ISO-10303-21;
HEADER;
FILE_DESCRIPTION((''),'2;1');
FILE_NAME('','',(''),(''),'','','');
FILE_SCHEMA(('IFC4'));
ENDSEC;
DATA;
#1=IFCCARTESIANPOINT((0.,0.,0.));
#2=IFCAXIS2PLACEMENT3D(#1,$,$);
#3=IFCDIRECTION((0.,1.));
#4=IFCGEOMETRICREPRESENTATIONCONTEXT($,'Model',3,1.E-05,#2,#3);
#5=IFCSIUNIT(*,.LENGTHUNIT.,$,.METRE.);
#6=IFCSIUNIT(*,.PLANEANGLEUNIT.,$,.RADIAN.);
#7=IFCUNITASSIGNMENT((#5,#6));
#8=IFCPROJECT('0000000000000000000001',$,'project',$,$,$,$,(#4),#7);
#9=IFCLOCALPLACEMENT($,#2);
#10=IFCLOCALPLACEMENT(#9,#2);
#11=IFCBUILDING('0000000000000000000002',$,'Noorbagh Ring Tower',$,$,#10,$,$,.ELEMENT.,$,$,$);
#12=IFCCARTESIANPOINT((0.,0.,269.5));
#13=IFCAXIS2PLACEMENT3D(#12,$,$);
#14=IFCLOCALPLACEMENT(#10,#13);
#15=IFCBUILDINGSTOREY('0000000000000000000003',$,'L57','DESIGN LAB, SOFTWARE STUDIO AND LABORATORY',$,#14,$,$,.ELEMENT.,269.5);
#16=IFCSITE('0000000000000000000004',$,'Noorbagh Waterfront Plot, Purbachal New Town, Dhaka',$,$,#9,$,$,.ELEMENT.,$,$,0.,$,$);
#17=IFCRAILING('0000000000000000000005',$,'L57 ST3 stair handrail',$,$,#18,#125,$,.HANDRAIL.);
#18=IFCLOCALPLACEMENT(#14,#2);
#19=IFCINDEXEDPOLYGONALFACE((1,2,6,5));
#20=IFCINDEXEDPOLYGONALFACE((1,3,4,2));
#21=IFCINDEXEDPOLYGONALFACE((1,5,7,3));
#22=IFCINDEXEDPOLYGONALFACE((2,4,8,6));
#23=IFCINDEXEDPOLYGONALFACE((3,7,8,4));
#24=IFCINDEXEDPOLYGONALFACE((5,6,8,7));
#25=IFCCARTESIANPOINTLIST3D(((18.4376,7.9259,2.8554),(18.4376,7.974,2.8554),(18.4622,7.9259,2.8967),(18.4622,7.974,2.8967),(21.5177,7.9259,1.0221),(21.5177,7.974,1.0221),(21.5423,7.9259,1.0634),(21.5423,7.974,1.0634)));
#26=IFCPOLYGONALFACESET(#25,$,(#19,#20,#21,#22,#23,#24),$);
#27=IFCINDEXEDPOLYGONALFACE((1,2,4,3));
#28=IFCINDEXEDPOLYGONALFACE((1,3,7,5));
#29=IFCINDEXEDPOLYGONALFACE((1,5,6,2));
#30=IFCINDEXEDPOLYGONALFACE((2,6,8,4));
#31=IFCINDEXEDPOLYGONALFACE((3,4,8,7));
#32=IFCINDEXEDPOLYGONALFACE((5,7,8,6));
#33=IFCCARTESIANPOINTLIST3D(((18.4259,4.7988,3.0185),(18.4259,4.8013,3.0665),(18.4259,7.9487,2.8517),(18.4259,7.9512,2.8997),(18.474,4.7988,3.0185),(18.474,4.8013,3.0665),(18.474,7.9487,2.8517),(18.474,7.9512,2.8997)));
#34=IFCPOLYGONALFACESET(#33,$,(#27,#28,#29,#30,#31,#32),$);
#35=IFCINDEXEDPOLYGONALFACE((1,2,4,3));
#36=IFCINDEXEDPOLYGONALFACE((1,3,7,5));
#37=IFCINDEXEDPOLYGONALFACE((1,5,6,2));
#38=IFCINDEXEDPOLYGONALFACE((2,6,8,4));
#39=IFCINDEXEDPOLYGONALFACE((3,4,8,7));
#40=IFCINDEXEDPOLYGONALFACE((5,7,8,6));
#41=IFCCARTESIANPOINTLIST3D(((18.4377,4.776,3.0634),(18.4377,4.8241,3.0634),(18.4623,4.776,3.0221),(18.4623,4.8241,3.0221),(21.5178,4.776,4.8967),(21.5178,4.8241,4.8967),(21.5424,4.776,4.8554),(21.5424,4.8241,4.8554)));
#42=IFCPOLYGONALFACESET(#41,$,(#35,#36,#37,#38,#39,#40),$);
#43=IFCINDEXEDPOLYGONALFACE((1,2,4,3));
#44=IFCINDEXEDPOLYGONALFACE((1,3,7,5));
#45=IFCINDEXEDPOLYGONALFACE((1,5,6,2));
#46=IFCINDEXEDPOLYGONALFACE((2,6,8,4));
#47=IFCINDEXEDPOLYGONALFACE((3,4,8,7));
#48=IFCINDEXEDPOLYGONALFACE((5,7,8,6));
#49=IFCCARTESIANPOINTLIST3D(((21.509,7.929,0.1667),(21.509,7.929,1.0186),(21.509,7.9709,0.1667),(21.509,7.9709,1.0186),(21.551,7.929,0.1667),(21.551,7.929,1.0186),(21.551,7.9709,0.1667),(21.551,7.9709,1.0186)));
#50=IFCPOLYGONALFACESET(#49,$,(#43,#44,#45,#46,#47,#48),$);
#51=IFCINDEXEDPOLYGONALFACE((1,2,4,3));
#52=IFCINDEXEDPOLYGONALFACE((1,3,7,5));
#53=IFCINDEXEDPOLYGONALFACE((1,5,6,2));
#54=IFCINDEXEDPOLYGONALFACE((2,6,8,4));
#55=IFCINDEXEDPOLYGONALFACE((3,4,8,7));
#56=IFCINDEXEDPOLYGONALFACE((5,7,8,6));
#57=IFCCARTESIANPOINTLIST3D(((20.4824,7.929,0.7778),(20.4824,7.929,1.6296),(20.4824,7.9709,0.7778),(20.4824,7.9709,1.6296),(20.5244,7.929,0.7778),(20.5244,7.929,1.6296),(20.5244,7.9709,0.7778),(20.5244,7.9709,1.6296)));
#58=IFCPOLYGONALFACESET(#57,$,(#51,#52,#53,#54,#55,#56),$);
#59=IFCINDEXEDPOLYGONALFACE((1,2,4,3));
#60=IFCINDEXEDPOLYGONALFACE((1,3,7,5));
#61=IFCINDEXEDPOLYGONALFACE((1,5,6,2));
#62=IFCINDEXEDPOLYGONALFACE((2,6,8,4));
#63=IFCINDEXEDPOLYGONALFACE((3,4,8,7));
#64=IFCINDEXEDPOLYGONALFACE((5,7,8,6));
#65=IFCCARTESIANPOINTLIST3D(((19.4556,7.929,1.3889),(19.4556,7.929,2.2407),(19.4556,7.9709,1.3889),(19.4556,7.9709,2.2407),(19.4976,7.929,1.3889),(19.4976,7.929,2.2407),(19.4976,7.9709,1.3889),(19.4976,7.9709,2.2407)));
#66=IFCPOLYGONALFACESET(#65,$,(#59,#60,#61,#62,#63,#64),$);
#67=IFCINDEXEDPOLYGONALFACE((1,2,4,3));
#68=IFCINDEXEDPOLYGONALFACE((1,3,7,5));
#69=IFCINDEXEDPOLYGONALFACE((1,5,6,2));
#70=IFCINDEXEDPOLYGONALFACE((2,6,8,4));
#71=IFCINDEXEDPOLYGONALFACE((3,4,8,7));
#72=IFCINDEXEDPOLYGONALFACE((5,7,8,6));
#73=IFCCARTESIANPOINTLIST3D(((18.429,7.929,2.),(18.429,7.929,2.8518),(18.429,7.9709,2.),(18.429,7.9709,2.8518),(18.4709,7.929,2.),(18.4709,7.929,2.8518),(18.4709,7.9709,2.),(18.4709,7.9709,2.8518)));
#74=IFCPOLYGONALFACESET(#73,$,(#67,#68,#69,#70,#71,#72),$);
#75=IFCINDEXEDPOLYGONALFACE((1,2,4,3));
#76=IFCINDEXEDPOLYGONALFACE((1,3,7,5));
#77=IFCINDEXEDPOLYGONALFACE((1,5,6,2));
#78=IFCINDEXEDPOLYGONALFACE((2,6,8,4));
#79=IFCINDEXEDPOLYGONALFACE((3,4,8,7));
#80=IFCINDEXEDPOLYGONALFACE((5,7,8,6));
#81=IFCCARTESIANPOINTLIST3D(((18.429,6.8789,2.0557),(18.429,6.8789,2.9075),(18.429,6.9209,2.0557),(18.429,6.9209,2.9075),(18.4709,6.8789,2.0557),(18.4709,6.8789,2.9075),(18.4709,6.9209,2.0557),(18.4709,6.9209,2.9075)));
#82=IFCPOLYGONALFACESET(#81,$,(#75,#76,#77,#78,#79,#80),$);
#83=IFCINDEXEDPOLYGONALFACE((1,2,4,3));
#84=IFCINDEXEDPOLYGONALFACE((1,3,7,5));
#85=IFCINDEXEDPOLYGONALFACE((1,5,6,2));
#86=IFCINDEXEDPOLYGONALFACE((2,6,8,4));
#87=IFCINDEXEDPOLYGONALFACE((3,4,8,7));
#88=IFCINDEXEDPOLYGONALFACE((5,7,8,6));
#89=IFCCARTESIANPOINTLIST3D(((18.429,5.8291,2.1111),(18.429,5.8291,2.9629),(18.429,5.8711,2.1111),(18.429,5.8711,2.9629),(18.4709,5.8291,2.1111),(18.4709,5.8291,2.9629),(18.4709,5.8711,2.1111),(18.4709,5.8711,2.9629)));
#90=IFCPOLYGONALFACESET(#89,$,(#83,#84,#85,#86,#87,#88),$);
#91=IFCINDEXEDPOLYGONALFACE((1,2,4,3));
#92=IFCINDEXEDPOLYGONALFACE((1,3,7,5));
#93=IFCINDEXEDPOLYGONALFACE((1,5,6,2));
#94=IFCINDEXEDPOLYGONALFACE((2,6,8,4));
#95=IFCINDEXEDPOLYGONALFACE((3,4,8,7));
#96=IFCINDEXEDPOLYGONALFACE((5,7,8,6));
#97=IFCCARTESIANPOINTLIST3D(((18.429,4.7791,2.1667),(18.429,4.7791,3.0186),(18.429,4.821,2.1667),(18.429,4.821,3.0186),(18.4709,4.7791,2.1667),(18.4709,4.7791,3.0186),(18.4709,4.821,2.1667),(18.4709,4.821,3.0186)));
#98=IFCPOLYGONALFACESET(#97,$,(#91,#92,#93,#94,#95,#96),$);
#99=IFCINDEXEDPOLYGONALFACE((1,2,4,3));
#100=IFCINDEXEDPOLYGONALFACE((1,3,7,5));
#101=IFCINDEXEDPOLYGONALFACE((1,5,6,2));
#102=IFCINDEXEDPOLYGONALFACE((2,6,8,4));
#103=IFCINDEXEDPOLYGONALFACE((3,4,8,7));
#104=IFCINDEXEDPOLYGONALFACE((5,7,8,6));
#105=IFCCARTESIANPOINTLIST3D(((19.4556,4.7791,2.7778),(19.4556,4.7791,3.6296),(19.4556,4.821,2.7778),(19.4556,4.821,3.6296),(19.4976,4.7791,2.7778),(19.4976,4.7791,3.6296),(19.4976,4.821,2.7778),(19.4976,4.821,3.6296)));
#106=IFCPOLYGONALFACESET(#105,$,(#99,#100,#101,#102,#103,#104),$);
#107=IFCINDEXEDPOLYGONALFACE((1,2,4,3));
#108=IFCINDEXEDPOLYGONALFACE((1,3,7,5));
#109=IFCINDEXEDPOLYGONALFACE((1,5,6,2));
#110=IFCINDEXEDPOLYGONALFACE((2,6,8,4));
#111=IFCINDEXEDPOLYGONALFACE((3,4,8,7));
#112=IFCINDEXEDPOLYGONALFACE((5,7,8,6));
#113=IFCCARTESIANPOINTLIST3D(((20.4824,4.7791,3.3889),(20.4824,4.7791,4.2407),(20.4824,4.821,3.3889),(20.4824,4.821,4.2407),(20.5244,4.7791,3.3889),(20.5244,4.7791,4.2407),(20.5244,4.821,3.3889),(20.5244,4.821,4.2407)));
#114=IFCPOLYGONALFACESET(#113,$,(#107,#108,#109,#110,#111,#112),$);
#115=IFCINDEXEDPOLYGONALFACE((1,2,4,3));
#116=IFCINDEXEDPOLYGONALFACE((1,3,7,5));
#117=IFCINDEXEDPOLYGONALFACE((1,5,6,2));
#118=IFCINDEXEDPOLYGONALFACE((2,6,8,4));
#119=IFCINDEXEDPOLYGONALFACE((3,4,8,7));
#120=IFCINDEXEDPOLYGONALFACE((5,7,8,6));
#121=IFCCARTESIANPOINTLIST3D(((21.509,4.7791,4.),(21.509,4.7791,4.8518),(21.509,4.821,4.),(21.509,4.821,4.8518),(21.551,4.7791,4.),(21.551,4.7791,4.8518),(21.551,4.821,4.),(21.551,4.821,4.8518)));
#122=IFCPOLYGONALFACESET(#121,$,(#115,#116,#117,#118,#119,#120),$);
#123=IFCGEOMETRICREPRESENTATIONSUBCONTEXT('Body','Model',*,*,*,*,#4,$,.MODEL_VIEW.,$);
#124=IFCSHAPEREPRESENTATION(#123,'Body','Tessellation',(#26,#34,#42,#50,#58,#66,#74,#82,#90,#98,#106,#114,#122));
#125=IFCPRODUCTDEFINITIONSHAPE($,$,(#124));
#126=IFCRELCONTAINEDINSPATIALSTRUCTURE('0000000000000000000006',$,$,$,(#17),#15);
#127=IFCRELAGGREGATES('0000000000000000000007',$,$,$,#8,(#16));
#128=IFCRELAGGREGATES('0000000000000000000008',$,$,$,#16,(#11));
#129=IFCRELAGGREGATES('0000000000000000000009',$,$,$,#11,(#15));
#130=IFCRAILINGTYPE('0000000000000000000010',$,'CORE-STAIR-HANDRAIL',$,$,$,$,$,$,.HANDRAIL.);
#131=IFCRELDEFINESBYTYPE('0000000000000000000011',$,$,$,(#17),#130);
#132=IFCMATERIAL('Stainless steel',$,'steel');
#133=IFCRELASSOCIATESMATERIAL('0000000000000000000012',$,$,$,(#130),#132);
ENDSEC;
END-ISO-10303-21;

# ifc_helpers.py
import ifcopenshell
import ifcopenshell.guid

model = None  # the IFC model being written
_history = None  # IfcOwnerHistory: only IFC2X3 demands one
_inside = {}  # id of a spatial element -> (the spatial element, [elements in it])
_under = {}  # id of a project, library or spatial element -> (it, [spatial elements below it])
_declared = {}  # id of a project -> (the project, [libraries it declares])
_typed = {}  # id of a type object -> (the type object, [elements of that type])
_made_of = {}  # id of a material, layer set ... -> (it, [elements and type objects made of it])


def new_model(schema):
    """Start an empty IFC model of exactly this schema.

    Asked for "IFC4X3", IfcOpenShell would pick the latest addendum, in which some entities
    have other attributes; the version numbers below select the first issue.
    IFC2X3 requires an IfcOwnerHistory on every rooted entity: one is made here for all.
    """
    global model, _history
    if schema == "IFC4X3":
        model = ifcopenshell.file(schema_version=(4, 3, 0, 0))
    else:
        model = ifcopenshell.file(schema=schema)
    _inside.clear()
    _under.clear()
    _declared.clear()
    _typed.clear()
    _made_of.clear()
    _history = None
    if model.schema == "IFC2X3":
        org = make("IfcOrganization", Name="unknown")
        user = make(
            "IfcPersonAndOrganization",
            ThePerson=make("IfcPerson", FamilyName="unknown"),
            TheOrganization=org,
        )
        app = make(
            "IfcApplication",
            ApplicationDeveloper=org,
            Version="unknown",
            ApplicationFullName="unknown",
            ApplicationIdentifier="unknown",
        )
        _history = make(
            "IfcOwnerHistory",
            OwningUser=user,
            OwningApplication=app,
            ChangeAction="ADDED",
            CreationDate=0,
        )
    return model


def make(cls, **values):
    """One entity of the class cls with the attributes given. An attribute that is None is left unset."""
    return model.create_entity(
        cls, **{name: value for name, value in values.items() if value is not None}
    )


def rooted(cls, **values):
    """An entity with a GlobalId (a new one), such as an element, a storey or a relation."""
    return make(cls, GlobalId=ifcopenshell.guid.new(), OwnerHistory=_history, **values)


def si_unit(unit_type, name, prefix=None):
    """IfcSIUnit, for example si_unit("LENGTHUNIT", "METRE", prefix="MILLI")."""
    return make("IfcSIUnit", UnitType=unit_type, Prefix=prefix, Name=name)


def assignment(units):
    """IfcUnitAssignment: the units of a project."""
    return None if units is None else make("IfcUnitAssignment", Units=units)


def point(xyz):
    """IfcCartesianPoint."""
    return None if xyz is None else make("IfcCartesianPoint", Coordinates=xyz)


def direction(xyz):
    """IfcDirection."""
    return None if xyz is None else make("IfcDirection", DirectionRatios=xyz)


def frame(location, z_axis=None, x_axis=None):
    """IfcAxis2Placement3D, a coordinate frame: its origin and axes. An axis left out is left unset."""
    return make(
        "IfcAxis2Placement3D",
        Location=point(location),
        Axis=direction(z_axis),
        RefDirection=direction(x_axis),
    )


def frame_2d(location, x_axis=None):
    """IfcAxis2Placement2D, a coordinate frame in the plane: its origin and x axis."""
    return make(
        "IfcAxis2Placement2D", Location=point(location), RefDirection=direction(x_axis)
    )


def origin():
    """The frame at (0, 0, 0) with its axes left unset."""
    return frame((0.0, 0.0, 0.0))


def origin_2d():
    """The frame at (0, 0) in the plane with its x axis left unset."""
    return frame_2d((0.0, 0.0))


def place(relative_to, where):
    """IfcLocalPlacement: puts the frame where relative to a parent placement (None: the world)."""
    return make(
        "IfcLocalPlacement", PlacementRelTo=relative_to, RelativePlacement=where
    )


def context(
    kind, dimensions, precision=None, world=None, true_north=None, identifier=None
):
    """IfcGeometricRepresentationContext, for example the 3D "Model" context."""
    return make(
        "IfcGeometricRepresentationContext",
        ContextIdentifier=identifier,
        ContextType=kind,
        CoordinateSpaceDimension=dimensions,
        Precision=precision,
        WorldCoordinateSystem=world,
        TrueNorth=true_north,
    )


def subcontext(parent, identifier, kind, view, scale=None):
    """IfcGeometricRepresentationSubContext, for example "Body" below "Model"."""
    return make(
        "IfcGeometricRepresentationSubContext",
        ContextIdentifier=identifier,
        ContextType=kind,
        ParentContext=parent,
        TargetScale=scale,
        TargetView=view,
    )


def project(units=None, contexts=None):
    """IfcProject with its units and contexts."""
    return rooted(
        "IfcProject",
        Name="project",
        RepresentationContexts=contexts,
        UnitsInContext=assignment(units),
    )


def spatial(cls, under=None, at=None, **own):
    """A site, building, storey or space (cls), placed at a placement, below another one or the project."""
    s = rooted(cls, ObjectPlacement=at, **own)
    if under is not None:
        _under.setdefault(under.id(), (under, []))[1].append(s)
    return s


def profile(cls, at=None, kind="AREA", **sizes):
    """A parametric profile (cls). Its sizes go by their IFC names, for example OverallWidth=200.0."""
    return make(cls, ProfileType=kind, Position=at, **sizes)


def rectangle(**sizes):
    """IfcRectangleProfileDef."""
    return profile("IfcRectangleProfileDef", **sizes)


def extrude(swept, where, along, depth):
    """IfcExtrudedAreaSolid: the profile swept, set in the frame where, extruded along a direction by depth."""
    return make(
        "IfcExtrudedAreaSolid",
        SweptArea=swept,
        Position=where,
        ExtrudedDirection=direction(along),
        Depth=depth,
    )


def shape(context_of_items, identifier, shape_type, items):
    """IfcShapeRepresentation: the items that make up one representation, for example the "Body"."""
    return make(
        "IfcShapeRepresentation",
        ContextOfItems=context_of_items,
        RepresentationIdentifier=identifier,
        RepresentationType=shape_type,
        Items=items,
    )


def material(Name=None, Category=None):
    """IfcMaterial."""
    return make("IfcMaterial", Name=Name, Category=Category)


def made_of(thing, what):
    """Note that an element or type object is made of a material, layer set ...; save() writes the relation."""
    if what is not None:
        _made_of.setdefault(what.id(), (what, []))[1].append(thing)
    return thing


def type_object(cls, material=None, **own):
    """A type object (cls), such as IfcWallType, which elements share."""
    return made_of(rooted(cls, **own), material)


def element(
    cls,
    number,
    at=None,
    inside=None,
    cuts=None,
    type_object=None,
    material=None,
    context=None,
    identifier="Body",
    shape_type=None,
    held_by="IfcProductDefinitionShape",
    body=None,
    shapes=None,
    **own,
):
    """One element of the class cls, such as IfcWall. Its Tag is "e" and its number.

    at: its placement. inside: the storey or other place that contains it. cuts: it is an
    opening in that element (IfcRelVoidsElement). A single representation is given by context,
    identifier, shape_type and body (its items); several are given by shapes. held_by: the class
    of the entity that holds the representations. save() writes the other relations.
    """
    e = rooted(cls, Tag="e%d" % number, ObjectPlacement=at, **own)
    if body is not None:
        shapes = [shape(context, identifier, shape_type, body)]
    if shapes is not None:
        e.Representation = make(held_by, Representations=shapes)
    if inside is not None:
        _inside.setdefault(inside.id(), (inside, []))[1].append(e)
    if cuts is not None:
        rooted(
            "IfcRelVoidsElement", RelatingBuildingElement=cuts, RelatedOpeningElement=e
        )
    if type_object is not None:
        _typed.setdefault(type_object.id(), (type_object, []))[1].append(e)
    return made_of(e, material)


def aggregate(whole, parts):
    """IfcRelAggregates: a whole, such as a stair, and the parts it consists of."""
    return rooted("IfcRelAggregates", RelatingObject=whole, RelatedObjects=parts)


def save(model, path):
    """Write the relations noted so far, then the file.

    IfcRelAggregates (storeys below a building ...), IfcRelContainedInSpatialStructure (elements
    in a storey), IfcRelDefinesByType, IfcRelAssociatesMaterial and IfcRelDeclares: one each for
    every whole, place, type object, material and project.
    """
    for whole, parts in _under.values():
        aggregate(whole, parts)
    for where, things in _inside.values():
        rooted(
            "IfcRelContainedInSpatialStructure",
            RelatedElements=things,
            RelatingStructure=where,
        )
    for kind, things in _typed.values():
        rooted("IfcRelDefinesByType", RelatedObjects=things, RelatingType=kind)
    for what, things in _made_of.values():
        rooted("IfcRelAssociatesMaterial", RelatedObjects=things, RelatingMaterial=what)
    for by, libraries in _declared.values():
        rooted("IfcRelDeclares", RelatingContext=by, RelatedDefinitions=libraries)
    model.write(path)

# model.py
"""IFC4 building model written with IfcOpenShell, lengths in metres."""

from ifc_helpers import new_model, si_unit, direction, frame, origin, origin_2d, place, context, subcontext, project, spatial, rectangle, extrude, material, type_object, element, save


model = new_model("IFC4")

# Units and contexts
model_context = context("Model", 3, precision=1e-05, world=origin(), true_north=direction((0.0, 1.0)))
body_context = subcontext(model_context, "Body", "Model", "MODEL_VIEW")
ifc_project = project(units=[si_unit("LENGTHUNIT", "METRE"), si_unit("PLANEANGLEUNIT", "RADIAN")], contexts=[model_context])

# Site, building, storey
site_placement = place(None, origin())
site = spatial("IfcSite", under=ifc_project, at=site_placement, Name="Noorbagh Waterfront Plot, Purbachal New Town, Dhaka", CompositionType="ELEMENT", RefElevation=0.0)
building_placement = place(site_placement, origin())
building = spatial("IfcBuilding", under=site, at=building_placement, Name="Noorbagh Ring Tower", CompositionType="ELEMENT")
storey_placement = place(building_placement, frame((0.0, 0.0, 269.5)))
storey = spatial("IfcBuildingStorey", under=building, at=storey_placement, Name="L57", Description="DESIGN LAB, SOFTWARE STUDIO AND LABORATORY", CompositionType="ELEMENT", Elevation=269.5)

# Railing
ifc_material_1 = material(Name="Stainless steel", Category="steel")
railing_type_1 = type_object("IfcRailingType", Name="CORE-STAIR-HANDRAIL", PredefinedType="HANDRAIL", material=ifc_material_1)
railing_1_placement = place(storey_placement, frame((21.53, 7.95, 0.1667)))
element("IfcRailing", 1, at=railing_1_placement, inside=storey, type_object=railing_type_1, Name="L57 ST3 stair handrail", PredefinedType="HANDRAIL", context=body_context, shape_type="SweptSolid", body=[
    extrude(rectangle(XDim=0.0481, YDim=0.0481, at=origin_2d()), frame((0.0, 0.0, 0.876), z_axis=(-0.859309, 0.0, 0.511458), x_axis=(0.0, -1.0, 0.0)), (0.0, 0.0, 1.0), 3.5845),
    extrude(rectangle(XDim=0.0481, YDim=0.0481, at=origin_2d()), frame((-3.0801, 0.0, 2.709), z_axis=(0.0, -0.998602, 0.052864), x_axis=(1.0, 0.0, 0.0)), (0.0, 0.0, 1.0), 3.1543),
    extrude(rectangle(XDim=0.0481, YDim=0.0481, at=origin_2d()), frame((-3.0801, -3.1499, 2.876), z_axis=(0.859309, 0.0, 0.511458), x_axis=(0.0, 1.0, 0.0)), (0.0, 0.0, 1.0), 3.5845),
    extrude(rectangle(XDim=0.042, YDim=0.042, at=origin_2d()), origin(), (0.0, 0.0, 1.0), 0.8518),
    extrude(rectangle(XDim=0.042, YDim=0.042, at=origin_2d()), frame((-1.0266, 0.0, 0.6111)), (0.0, 0.0, 1.0), 0.8518),
    extrude(rectangle(XDim=0.042, YDim=0.042, at=origin_2d()), frame((-2.0535, 0.0, 1.2222)), (0.0, 0.0, 1.0), 0.8518),
    extrude(rectangle(XDim=0.042, YDim=0.042, at=origin_2d()), frame((-3.0801, 0.0, 1.8333)), (0.0, 0.0, 1.0), 0.8518),
    extrude(rectangle(XDim=0.042, YDim=0.042, at=origin_2d()), frame((-3.0801, -1.05, 1.8889)), (0.0, 0.0, 1.0), 0.8518),
    extrude(rectangle(XDim=0.042, YDim=0.042, at=origin_2d()), frame((-3.0801, -2.0999, 1.9443)), (0.0, 0.0, 1.0), 0.8518),
    extrude(rectangle(XDim=0.042, YDim=0.042, at=origin_2d()), frame((-3.0801, -3.1499, 2.0)), (0.0, 0.0, 1.0), 0.8518),
    extrude(rectangle(XDim=0.042, YDim=0.042, at=origin_2d()), frame((-2.0535, -3.1499, 2.6111)), (0.0, 0.0, 1.0), 0.8518),
    extrude(rectangle(XDim=0.042, YDim=0.042, at=origin_2d()), frame((-1.0266, -3.1499, 3.2222)), (0.0, 0.0, 1.0), 0.8518),
    extrude(rectangle(XDim=0.042, YDim=0.042, at=origin_2d()), frame((0.0, -3.1499, 3.8333)), (0.0, 0.0, 1.0), 0.8518),
])

save(model, "model.ifc")
